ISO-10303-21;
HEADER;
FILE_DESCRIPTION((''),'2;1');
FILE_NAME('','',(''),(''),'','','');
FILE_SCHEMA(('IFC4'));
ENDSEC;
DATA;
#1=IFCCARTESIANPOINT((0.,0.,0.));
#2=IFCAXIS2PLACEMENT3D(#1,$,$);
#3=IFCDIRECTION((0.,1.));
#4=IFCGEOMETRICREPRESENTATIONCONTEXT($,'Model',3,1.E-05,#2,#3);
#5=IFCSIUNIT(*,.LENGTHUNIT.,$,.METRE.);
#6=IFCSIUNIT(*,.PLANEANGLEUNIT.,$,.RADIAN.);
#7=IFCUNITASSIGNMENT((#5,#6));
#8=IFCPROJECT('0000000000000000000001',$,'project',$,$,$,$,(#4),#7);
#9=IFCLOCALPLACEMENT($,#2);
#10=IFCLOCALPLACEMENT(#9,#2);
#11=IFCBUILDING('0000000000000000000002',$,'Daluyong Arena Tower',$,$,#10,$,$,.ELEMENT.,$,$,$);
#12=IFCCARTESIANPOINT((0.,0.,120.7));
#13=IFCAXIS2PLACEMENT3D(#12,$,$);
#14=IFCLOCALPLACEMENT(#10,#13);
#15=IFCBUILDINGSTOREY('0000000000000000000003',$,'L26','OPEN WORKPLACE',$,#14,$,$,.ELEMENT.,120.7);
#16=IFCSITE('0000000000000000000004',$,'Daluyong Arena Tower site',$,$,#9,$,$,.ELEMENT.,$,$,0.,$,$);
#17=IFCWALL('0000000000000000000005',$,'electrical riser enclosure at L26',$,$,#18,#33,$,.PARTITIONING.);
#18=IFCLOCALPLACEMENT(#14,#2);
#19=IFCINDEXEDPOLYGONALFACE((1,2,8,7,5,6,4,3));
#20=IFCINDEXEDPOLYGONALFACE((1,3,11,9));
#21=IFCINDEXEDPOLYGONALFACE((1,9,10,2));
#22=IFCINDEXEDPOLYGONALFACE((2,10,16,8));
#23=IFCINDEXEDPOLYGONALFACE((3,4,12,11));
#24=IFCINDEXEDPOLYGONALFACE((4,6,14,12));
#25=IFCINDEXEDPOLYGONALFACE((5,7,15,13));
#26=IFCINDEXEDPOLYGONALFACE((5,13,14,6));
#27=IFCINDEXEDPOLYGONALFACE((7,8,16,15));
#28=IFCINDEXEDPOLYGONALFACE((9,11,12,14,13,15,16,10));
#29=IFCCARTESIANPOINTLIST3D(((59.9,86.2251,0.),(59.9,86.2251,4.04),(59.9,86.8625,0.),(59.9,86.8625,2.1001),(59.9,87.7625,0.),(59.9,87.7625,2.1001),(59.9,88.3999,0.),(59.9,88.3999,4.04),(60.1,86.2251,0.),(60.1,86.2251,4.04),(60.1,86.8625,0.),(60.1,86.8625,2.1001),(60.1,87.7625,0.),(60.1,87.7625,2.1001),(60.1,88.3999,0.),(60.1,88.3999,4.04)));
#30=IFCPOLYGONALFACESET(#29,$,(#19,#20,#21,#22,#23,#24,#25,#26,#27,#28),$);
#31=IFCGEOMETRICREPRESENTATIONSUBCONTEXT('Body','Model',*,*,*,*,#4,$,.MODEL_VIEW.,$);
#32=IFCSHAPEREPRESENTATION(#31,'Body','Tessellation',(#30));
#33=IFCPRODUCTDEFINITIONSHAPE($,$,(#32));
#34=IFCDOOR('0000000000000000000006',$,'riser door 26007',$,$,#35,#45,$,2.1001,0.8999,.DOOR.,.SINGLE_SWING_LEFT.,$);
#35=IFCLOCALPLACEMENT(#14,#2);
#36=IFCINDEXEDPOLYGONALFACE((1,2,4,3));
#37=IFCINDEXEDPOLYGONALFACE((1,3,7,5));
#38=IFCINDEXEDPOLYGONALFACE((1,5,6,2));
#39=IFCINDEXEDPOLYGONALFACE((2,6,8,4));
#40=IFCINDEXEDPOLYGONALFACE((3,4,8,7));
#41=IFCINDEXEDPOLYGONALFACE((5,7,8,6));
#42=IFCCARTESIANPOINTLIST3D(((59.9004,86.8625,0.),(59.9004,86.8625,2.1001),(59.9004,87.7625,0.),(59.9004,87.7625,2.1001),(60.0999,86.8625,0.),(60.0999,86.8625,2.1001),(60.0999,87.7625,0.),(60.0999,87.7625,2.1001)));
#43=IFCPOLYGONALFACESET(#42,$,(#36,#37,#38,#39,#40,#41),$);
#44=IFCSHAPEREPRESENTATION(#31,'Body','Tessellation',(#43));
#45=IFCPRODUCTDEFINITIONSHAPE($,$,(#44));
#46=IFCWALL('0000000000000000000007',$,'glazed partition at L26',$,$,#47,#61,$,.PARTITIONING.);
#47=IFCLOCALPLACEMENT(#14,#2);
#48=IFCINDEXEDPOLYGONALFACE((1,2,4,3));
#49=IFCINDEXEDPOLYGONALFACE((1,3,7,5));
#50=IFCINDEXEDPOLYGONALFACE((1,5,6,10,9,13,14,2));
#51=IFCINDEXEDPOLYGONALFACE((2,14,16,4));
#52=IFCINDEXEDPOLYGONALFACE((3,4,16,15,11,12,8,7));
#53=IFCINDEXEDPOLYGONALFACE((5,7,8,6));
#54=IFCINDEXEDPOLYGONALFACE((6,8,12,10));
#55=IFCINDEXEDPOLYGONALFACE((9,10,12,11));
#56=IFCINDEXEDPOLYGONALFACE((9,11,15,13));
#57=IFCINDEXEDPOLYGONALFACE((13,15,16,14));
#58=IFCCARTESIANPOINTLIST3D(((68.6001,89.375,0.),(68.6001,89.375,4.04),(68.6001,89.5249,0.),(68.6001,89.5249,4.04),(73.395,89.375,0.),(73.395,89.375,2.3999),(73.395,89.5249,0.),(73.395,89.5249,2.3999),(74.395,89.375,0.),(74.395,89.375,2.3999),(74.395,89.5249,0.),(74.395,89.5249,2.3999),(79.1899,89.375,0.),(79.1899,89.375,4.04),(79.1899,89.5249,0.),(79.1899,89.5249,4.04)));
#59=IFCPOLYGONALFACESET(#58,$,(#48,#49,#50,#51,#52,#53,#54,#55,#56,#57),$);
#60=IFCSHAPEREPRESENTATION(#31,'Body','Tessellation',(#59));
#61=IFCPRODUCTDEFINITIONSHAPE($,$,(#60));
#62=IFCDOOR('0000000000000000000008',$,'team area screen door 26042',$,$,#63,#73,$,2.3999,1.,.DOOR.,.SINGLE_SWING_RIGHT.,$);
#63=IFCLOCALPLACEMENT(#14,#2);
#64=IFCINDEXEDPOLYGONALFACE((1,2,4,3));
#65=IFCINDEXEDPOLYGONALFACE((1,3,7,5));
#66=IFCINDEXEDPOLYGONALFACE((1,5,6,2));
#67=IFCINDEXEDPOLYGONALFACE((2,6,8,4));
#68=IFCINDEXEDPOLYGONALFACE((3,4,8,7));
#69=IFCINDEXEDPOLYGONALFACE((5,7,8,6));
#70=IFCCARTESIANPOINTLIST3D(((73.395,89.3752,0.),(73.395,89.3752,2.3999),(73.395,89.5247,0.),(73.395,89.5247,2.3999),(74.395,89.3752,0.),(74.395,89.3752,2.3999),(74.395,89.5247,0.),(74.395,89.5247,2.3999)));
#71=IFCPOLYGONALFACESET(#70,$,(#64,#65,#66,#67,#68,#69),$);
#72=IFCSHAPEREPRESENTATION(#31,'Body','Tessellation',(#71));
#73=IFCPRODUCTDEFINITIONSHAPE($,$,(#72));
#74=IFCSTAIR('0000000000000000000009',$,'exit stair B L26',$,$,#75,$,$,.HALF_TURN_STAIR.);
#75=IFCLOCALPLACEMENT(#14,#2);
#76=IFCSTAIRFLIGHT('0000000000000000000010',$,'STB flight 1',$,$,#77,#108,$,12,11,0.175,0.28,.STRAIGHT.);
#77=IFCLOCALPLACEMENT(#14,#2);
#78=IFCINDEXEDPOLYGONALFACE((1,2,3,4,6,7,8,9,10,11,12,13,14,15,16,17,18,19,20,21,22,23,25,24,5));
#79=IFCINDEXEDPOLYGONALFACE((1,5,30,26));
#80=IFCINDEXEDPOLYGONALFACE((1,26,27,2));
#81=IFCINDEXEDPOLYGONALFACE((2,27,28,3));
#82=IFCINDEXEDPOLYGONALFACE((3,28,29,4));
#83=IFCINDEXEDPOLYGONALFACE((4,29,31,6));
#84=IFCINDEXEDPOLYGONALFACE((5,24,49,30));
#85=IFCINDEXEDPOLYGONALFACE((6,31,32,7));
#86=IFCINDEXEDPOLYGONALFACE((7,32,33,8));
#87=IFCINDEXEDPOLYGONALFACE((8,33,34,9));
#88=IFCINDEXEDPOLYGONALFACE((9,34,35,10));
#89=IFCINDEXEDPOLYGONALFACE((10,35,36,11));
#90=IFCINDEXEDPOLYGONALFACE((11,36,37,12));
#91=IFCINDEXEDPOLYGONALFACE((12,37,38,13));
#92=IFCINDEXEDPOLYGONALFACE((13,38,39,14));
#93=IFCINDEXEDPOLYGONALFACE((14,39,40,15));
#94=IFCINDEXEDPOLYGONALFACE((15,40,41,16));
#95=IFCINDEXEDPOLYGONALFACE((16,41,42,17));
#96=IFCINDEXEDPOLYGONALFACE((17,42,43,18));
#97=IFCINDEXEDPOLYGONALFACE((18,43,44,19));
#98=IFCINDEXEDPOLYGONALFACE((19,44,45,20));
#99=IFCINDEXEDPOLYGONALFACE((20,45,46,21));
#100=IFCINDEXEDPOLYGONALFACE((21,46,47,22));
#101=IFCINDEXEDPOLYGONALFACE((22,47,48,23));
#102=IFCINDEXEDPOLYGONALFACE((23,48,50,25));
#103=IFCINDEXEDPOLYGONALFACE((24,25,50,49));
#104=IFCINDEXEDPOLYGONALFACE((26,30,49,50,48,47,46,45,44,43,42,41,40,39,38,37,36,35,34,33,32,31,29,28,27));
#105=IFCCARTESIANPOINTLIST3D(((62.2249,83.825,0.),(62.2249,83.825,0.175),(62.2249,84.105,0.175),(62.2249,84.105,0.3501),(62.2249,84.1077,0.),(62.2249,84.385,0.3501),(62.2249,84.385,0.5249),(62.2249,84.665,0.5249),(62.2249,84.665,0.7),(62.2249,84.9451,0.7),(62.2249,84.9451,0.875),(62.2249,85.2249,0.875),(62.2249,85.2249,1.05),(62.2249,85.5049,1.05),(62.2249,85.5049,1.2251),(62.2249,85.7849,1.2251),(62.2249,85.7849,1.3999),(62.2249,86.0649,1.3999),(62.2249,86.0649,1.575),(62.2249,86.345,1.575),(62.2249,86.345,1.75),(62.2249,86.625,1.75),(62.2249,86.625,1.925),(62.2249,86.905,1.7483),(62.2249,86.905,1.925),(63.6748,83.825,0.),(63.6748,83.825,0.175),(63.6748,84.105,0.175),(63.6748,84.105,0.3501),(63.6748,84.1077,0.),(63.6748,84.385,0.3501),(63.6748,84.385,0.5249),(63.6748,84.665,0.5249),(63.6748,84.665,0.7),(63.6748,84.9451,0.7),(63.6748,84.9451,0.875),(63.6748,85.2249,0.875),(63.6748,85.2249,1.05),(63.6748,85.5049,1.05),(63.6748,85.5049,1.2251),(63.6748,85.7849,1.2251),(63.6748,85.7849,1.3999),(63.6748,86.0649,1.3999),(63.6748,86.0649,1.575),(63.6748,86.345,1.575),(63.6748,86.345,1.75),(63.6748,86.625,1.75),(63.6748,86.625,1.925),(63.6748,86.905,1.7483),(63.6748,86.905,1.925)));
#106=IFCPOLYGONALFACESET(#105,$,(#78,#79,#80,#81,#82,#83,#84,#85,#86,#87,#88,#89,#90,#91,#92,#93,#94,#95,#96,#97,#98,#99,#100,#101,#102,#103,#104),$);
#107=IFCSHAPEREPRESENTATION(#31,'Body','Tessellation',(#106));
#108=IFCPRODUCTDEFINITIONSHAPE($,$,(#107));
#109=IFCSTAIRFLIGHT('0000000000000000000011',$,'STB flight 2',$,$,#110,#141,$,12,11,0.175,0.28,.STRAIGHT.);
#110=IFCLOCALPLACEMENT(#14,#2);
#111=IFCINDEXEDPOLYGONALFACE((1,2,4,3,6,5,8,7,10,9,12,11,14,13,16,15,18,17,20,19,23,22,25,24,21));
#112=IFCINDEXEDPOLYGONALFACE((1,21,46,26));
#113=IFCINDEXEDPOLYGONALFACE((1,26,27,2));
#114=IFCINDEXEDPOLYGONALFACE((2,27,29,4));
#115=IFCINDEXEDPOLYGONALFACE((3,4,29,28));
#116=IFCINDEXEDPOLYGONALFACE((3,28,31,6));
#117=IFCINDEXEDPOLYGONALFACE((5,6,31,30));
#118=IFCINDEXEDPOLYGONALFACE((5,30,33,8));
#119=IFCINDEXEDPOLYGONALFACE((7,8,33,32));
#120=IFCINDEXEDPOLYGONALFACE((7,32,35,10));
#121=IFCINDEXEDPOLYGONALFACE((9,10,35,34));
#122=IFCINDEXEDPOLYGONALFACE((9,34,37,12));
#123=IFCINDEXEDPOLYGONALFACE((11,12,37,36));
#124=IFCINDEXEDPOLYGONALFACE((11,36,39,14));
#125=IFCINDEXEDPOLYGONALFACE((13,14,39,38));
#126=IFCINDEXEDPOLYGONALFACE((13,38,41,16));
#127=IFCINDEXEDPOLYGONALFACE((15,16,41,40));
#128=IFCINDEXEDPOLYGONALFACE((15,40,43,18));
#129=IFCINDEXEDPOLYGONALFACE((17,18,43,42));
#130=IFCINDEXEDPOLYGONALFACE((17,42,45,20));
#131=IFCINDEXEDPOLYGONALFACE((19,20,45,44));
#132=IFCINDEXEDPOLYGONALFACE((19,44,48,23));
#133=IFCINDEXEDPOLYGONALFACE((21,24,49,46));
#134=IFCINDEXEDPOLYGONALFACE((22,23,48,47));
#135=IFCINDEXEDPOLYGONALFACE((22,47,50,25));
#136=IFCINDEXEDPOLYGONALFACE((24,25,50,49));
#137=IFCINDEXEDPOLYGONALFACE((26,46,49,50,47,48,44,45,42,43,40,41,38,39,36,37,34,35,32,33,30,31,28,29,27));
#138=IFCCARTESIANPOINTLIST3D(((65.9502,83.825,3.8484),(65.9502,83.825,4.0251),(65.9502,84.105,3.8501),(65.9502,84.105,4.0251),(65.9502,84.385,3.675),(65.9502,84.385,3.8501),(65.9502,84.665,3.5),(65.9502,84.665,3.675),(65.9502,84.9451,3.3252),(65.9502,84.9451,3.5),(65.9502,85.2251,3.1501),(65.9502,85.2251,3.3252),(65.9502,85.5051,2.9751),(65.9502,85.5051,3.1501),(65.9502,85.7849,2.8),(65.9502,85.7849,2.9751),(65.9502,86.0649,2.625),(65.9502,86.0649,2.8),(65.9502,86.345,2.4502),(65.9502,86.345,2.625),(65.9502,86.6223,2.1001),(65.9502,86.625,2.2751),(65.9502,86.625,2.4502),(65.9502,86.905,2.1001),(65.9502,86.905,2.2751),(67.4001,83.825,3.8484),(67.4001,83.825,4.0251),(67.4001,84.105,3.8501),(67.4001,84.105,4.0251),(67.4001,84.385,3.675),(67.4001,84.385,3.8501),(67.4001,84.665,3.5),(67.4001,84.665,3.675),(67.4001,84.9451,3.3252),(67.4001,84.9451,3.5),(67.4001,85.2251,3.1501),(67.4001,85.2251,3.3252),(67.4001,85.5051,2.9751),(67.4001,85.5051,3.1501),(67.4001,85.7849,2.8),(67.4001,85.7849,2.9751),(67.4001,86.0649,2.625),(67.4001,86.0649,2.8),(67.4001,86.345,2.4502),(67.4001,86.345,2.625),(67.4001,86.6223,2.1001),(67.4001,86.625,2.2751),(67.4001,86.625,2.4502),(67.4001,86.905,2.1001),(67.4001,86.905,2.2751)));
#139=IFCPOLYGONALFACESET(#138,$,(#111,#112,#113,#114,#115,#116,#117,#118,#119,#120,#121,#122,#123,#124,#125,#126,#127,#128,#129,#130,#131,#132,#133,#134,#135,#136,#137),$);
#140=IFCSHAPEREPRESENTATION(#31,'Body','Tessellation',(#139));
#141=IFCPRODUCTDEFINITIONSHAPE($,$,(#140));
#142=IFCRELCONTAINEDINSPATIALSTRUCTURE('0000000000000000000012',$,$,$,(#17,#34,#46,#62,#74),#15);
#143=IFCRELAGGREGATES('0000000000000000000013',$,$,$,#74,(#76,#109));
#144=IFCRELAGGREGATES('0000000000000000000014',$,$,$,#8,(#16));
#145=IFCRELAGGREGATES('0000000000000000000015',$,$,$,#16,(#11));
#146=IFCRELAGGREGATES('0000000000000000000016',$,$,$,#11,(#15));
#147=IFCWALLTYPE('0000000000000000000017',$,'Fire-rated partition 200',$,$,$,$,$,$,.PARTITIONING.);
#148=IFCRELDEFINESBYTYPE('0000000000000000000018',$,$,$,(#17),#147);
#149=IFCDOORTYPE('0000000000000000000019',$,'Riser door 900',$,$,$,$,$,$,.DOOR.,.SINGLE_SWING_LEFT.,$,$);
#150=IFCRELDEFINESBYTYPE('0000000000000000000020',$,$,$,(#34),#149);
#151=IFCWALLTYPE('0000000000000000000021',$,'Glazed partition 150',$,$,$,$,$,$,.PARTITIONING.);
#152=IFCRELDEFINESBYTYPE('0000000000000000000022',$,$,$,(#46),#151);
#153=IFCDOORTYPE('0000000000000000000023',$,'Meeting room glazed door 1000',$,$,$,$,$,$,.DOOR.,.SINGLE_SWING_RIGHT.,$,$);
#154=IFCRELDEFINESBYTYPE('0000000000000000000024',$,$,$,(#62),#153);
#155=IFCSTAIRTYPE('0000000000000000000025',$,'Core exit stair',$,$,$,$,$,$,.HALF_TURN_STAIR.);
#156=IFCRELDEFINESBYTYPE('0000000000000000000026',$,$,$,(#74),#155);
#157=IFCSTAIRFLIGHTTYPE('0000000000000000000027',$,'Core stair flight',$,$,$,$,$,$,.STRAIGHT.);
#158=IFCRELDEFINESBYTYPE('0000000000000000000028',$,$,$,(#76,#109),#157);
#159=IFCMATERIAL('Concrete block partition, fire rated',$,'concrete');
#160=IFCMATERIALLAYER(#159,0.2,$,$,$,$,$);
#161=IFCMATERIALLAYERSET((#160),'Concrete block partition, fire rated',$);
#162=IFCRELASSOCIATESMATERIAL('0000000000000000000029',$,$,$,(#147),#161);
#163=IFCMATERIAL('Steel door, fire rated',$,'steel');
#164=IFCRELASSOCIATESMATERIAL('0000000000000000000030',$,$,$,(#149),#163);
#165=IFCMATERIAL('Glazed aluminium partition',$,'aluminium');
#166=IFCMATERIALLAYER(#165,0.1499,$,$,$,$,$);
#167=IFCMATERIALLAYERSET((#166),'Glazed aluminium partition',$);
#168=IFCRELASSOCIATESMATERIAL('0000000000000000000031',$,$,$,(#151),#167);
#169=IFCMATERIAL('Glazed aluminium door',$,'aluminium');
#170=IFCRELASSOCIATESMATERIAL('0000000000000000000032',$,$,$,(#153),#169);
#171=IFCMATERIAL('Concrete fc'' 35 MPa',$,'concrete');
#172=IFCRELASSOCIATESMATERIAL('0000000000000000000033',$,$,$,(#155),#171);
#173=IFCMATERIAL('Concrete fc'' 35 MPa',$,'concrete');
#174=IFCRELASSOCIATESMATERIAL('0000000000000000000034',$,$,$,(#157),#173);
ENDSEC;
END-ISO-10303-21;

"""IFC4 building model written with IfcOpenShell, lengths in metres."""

from ifc_helpers import new_model, si_unit, direction, frame, frame_2d, origin, place, context, subcontext, project, spatial, polyline, rectangle, outline, extrude, material, layer, layer_set, type_object, element, fill, aggregate, save


model = new_model("IFC4")

# Units and contexts
model_context = context("Model", 3, precision=1e-05, world=origin(), true_north=direction((0.0, 1.0)))
body_context = subcontext(model_context, "Body", "Model", "MODEL_VIEW")
ifc_project = project(units=[si_unit("LENGTHUNIT", "METRE"), si_unit("PLANEANGLEUNIT", "RADIAN")], contexts=[model_context])

# Site, building, storey
site_placement = place(None, origin())
site = spatial("IfcSite", under=ifc_project, at=site_placement, Name="Daluyong Arena Tower site", CompositionType="ELEMENT", RefElevation=0.0)
building_placement = place(site_placement, origin())
building = spatial("IfcBuilding", under=site, at=building_placement, Name="Daluyong Arena Tower", CompositionType="ELEMENT")
storey_placement = place(building_placement, frame((0.0, 0.0, 120.7)))
storey = spatial("IfcBuildingStorey", under=building, at=storey_placement, Name="L26", Description="OPEN WORKPLACE", CompositionType="ELEMENT", Elevation=120.7)

# Walls, openings, doors
ifc_material_1 = material(Name="Concrete block partition, fire rated", Category="concrete")
ifc_layer_1 = layer(ifc_material_1, 0.2)
ifc_layer_set_1 = layer_set([ifc_layer_1], Name="Concrete block partition, fire rated")
wall_type_1 = type_object("IfcWallType", Name="Fire-rated partition 200", PredefinedType="PARTITIONING", material=ifc_layer_set_1)
wall_1_placement = place(storey_placement, frame((60.0, 86.2251, 0.0), z_axis=(0.0, 0.0, 1.0), x_axis=(0.0, 1.0, 0.0)))
wall_1 = element("IfcWall", 1, at=wall_1_placement, inside=storey, type_object=wall_type_1, Name="electrical riser enclosure at L26", PredefinedType="PARTITIONING", context=body_context, shape_type="SweptSolid", body=[
    extrude(rectangle(XDim=2.1748, YDim=0.2, at=frame_2d((1.0874, 0.0))), origin(), (0.0, 0.0, 1.0), 4.04),
])
opening_1_placement = place(wall_1_placement, frame((0.6375, 0.0, 0.0)))
opening_1 = element("IfcOpeningElement", 2, at=opening_1_placement, cuts=wall_1, PredefinedType="OPENING", context=body_context, shape_type="SweptSolid", body=[
    extrude(rectangle(XDim=0.8999, YDim=2.1001, at=frame_2d((0.45, 1.05))), frame((0.0, 0.1099, 0.0), z_axis=(0.0, -1.0, 0.0), x_axis=(1.0, 0.0, 0.0)), (0.0, 0.0, 1.0), 0.22),
])
ifc_material_2 = material(Name="Steel door, fire rated", Category="steel")
door_type_1 = type_object("IfcDoorType", Name="Riser door 900", OperationType="SINGLE_SWING_LEFT", PredefinedType="DOOR", material=ifc_material_2)
door_1_placement = place(opening_1_placement, origin())
door_1 = element("IfcDoor", 3, at=door_1_placement, inside=storey, type_object=door_type_1, Name="riser door 26007", OperationType="SINGLE_SWING_LEFT", OverallHeight=2.1001, OverallWidth=0.8999, PredefinedType="DOOR", context=body_context, shape_type="SweptSolid", body=[
    extrude(rectangle(XDim=0.8999, YDim=2.1001, at=frame_2d((0.45, 1.05))), frame((0.0, 0.0996, 0.0), z_axis=(0.0, -1.0, 0.0), x_axis=(1.0, 0.0, 0.0)), (0.0, 0.0, 1.0), 0.1995),
])
fill(opening_1, door_1)
ifc_material_3 = material(Name="Glazed aluminium partition", Category="aluminium")
ifc_layer_2 = layer(ifc_material_3, 0.1499)
ifc_layer_set_2 = layer_set([ifc_layer_2], Name="Glazed aluminium partition")
wall_type_2 = type_object("IfcWallType", Name="Glazed partition 150", PredefinedType="PARTITIONING", material=ifc_layer_set_2)
wall_2_placement = place(storey_placement, frame((68.6001, 89.45, 0.0), z_axis=(0.0, 0.0, 1.0), x_axis=(1.0, 0.0, 0.0)))
wall_2 = element("IfcWall", 4, at=wall_2_placement, inside=storey, type_object=wall_type_2, Name="glazed partition at L26", PredefinedType="PARTITIONING", context=body_context, shape_type="SweptSolid", body=[
    extrude(rectangle(XDim=10.5898, YDim=0.1499, at=frame_2d((5.2949, 0.0))), origin(), (0.0, 0.0, 1.0), 4.04),
])
opening_2_placement = place(wall_2_placement, frame((4.7949, 0.0, 0.0)))
opening_2 = element("IfcOpeningElement", 5, at=opening_2_placement, cuts=wall_2, PredefinedType="OPENING", context=body_context, shape_type="SweptSolid", body=[
    extrude(rectangle(XDim=1.0, YDim=2.3999, at=frame_2d((0.5, 1.2))), frame((0.0, 0.085, 0.0), z_axis=(0.0, -1.0, 0.0), x_axis=(1.0, 0.0, 0.0)), (0.0, 0.0, 1.0), 0.1699),
])
ifc_material_4 = material(Name="Glazed aluminium door", Category="aluminium")
door_type_2 = type_object("IfcDoorType", Name="Meeting room glazed door 1000", OperationType="SINGLE_SWING_RIGHT", PredefinedType="DOOR", material=ifc_material_4)
door_2_placement = place(opening_2_placement, origin())
door_2 = element("IfcDoor", 6, at=door_2_placement, inside=storey, type_object=door_type_2, Name="team area screen door 26042", OperationType="SINGLE_SWING_RIGHT", OverallHeight=2.3999, OverallWidth=1.0, PredefinedType="DOOR", context=body_context, shape_type="SweptSolid", body=[
    extrude(rectangle(XDim=1.0, YDim=2.3999, at=frame_2d((0.5, 1.2))), frame((0.0, 0.0747, 0.0), z_axis=(0.0, -1.0, 0.0), x_axis=(1.0, 0.0, 0.0)), (0.0, 0.0, 1.0), 0.1494),
])
fill(opening_2, door_2)

# Stair, stair flights
ifc_material_5 = material(Name="Concrete fc' 35 MPa", Category="concrete")
stair_type = type_object("IfcStairType", Name="Core exit stair", PredefinedType="HALF_TURN_STAIR", material=ifc_material_5)
stair_placement = place(storey_placement, origin())
stair = element("IfcStair", 7, at=stair_placement, inside=storey, type_object=stair_type, Name="exit stair B L26", PredefinedType="HALF_TURN_STAIR")
ifc_material_6 = material(Name="Concrete fc' 35 MPa", Category="concrete")
stair_flight_type = type_object("IfcStairFlightType", Name="Core stair flight", PredefinedType="STRAIGHT", material=ifc_material_6)
stair_flight_1_placement = place(storey_placement, frame((62.95, 83.825, 0.0), z_axis=(0.0, 0.0, 1.0), x_axis=(0.0, 1.0, 0.0)))
stair_flight_1 = element("IfcStairFlight", 8, at=stair_flight_1_placement, type_object=stair_flight_type, Name="STB flight 1", NumberOfRisers=12, NumberOfTreads=11, PredefinedType="STRAIGHT", RiserHeight=0.175, TreadLength=0.28, context=body_context, shape_type="SweptSolid", body=[
    extrude(outline(polyline([(0.0, 0.0), (0.0, 0.175), (0.28, 0.175), (0.28, 0.3501), (0.5601, 0.3501), (0.5601, 0.5249), (0.8401, 0.5249), (0.8401, 0.7), (1.1201, 0.7), (1.1201, 0.875), (1.3999, 0.875), (1.3999, 1.05), (1.6799, 1.05), (1.6799, 1.2251), (1.96, 1.2251), (1.96, 1.3999), (2.24, 1.3999), (2.24, 1.575), (2.52, 1.575), (2.52, 1.75), (2.8, 1.75), (2.8, 1.925), (3.0801, 1.925), (3.0801, 2.1001), (3.0801, 1.7483), (0.2827, 0.0), (0.0, 0.0)])), frame((0.0, 0.7251, 0.0), z_axis=(0.0, -1.0, 0.0), x_axis=(1.0, 0.0, 0.0)), (0.0, 0.0, 1.0), 1.45),
])
stair_flight_2_placement = place(storey_placement, frame((66.675, 86.905, 2.1001), z_axis=(0.0, 0.0, 1.0), x_axis=(0.0, -1.0, 0.0)))
stair_flight_2 = element("IfcStairFlight", 9, at=stair_flight_2_placement, type_object=stair_flight_type, Name="STB flight 2", NumberOfRisers=12, NumberOfTreads=11, PredefinedType="STRAIGHT", RiserHeight=0.175, TreadLength=0.28, context=body_context, shape_type="SweptSolid", body=[
    extrude(outline(polyline([(0.0, 0.0), (0.0, 0.175), (0.28, 0.175), (0.28, 0.3501), (0.5601, 0.3501), (0.5601, 0.5249), (0.8401, 0.5249), (0.8401, 0.7), (1.1201, 0.7), (1.1201, 0.875), (1.3999, 0.875), (1.3999, 1.05), (1.6799, 1.05), (1.6799, 1.2251), (1.96, 1.2251), (1.96, 1.3999), (2.24, 1.3999), (2.24, 1.575), (2.52, 1.575), (2.52, 1.75), (2.8, 1.75), (2.8, 1.925), (3.0801, 1.925), (3.0801, 2.1001), (3.0801, 1.7483), (0.2827, 0.0), (0.0, 0.0)])), frame((0.0, 0.7251, 0.0), z_axis=(0.0, -1.0, 0.0), x_axis=(1.0, 0.0, 0.0)), (0.0, 0.0, 1.0), 1.45),
])
aggregate(stair, [stair_flight_1, stair_flight_2])

save(model, "model.ifc")
